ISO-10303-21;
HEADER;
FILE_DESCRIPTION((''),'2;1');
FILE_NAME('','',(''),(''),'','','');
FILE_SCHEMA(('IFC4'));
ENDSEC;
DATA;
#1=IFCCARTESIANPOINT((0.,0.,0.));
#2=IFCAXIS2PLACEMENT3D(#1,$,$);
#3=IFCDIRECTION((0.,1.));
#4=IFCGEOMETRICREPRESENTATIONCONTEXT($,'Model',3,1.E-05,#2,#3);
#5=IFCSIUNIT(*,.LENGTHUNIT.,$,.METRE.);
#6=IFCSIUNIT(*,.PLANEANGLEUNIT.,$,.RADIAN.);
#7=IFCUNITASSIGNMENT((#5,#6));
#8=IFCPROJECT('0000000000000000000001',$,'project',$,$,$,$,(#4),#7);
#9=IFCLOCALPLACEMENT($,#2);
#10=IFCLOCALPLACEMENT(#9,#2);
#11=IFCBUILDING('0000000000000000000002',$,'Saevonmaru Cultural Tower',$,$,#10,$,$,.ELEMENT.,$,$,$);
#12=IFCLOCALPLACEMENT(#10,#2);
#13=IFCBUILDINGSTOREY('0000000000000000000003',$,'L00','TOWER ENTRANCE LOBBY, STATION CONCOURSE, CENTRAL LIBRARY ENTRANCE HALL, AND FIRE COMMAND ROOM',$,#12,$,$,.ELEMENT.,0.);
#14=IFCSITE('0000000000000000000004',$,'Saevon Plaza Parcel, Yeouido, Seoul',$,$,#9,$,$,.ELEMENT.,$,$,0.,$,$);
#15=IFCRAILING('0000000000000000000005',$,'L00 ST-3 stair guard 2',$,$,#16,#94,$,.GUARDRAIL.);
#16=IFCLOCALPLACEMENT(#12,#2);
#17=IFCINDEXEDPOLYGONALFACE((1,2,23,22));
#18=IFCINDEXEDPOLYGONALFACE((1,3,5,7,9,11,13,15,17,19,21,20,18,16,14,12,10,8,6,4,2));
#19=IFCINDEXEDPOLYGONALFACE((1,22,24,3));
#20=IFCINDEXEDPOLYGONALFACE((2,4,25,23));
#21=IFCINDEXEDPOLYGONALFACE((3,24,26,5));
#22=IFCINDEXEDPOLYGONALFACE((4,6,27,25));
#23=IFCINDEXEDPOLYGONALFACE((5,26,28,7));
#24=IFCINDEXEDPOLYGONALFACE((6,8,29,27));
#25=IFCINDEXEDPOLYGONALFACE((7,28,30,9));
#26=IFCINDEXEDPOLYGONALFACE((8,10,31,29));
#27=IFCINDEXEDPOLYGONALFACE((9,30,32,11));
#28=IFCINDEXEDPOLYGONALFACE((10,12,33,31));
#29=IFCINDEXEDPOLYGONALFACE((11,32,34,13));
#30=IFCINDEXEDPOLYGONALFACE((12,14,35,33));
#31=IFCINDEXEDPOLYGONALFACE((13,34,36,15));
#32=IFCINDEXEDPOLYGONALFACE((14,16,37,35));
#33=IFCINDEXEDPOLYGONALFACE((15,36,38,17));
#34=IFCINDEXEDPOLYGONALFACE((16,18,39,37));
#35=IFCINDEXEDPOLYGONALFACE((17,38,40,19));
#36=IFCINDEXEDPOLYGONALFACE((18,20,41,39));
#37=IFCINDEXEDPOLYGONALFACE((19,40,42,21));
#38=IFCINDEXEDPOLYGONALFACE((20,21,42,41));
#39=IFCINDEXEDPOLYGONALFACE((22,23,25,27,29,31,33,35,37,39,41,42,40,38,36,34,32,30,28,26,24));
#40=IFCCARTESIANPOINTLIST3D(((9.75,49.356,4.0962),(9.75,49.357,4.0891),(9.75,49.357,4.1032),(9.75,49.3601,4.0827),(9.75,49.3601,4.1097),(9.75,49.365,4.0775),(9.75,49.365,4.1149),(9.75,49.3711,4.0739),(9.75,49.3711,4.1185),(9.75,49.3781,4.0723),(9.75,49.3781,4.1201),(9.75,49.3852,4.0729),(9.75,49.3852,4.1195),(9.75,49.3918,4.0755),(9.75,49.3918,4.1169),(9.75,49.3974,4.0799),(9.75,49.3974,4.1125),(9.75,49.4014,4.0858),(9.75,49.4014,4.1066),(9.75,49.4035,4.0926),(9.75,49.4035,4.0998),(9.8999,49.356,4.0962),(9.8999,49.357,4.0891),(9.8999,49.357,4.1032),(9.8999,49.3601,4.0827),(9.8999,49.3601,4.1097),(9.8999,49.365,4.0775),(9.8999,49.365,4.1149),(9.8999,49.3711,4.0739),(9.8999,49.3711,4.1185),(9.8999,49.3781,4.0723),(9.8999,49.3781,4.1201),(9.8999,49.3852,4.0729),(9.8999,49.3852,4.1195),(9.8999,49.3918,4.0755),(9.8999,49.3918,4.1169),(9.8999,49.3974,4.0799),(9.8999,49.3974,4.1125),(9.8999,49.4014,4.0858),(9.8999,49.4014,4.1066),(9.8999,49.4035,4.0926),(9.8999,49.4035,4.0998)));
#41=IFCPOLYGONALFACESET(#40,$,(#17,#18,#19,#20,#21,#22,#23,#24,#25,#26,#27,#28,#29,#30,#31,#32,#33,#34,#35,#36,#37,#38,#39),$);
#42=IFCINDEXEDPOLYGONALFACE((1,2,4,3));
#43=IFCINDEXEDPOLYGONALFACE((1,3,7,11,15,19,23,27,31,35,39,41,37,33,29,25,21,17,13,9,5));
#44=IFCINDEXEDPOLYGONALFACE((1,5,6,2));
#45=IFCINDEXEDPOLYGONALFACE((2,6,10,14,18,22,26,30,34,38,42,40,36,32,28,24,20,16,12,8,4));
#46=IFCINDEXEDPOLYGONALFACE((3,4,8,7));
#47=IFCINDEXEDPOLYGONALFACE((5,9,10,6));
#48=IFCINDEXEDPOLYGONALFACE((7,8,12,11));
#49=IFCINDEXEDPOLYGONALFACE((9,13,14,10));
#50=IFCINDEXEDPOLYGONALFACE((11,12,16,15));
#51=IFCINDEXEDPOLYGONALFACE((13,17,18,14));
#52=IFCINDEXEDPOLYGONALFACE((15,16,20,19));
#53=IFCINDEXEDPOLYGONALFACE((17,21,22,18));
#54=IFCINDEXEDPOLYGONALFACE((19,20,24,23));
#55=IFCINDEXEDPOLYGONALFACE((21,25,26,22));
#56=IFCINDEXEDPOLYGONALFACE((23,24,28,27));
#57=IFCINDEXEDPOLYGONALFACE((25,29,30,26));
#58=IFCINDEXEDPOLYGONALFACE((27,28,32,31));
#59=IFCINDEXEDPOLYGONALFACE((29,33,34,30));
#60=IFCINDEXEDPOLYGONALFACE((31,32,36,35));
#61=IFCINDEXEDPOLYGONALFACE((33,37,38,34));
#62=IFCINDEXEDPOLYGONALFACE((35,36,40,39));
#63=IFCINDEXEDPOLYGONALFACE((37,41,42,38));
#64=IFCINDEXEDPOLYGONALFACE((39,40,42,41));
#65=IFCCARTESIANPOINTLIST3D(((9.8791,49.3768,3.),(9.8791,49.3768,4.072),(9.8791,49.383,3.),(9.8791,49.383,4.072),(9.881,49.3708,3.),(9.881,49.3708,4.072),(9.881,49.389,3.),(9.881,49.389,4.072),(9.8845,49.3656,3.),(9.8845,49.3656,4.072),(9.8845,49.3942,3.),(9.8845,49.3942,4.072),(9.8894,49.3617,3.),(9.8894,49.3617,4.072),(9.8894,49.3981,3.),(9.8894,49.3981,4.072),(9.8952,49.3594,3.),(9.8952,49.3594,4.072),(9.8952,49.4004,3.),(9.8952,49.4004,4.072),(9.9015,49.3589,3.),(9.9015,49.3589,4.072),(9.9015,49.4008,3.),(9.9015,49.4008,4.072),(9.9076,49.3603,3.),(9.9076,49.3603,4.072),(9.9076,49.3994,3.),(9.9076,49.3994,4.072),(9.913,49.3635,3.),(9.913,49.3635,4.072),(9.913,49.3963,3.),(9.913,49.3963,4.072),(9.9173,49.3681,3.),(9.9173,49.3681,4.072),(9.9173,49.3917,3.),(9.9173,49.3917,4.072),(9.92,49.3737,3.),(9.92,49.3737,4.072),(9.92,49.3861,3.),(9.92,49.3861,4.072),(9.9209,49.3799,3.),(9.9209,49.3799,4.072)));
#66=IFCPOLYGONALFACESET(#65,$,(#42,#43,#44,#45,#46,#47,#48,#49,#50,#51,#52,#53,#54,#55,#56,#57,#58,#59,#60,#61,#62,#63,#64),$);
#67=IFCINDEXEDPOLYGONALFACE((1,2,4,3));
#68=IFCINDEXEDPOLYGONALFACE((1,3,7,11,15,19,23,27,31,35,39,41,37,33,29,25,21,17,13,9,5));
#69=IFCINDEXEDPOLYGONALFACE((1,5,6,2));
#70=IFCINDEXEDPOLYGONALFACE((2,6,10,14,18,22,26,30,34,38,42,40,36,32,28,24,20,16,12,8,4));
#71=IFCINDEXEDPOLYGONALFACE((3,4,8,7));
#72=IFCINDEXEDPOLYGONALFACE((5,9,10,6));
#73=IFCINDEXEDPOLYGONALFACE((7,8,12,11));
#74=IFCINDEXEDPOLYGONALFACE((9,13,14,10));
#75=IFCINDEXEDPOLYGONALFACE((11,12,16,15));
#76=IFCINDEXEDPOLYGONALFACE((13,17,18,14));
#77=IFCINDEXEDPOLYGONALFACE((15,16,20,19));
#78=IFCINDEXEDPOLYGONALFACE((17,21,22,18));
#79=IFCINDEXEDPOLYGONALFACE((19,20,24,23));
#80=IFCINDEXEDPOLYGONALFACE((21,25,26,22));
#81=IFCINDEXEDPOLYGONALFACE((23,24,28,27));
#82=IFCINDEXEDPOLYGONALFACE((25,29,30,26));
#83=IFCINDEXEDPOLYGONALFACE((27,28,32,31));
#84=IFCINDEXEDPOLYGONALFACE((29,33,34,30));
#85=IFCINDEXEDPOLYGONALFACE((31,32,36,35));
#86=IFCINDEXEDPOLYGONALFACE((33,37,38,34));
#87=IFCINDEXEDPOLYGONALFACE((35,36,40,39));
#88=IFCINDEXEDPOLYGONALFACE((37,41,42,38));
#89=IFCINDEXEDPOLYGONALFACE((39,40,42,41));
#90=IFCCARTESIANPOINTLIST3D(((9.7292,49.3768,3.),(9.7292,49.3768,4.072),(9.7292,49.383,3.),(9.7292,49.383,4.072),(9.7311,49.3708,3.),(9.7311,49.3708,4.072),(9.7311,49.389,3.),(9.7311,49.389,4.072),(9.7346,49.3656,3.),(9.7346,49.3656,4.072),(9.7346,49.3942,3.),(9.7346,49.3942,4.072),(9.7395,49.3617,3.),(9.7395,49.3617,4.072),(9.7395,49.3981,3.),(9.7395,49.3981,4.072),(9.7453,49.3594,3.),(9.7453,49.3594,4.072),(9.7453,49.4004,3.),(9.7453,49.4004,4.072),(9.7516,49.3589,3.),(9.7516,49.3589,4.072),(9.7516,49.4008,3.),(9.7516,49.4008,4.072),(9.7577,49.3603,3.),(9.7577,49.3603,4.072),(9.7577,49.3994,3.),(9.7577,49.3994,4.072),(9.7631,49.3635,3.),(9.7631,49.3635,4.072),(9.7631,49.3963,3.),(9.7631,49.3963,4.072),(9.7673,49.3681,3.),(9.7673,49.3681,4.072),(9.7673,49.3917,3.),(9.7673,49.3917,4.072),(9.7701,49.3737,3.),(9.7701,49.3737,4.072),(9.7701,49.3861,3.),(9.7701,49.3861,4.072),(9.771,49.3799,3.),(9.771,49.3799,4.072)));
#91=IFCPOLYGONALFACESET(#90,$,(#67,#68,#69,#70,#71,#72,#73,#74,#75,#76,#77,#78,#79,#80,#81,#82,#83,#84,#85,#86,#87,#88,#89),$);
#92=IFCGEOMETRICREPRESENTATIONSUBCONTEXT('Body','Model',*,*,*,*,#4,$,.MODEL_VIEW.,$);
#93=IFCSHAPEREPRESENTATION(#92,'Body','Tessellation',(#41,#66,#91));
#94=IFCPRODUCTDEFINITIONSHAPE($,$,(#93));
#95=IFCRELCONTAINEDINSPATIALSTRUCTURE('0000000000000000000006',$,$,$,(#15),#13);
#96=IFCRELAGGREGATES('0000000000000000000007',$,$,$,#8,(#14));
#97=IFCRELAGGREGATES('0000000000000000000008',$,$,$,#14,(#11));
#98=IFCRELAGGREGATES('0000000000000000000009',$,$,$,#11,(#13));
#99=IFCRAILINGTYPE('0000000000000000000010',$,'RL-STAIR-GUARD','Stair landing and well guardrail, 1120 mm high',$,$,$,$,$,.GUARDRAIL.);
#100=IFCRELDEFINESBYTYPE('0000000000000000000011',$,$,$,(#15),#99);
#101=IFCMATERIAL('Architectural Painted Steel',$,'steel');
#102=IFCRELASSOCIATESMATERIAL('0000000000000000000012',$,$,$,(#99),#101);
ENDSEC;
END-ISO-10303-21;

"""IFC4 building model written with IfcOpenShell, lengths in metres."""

from ifc_helpers import new_model, si_unit, direction, frame, origin, origin_2d, place, context, subcontext, project, spatial, circle, extrude, material, type_object, element, save


model = new_model("IFC4")

# Units and contexts
model_context = context("Model", 3, precision=1e-05, world=origin(), true_north=direction((0.0, 1.0)))
body_context = subcontext(model_context, "Body", "Model", "MODEL_VIEW")
ifc_project = project(units=[si_unit("LENGTHUNIT", "METRE"), si_unit("PLANEANGLEUNIT", "RADIAN")], contexts=[model_context])

# Site, building, storey
site_placement = place(None, origin())
site = spatial("IfcSite", under=ifc_project, at=site_placement, Name="Saevon Plaza Parcel, Yeouido, Seoul", CompositionType="ELEMENT", RefElevation=0.0)
building_placement = place(site_placement, origin())
building = spatial("IfcBuilding", under=site, at=building_placement, Name="Saevonmaru Cultural Tower", CompositionType="ELEMENT")
storey_placement = place(building_placement, origin())
storey = spatial("IfcBuildingStorey", under=building, at=storey_placement, Name="L00", Description="TOWER ENTRANCE LOBBY, STATION CONCOURSE, CENTRAL LIBRARY ENTRANCE HALL, AND FIRE COMMAND ROOM", CompositionType="ELEMENT", Elevation=0.0)

# Railing
ifc_material_1 = material(Name="Architectural Painted Steel", Category="steel")
railing_type_1 = type_object("IfcRailingType", Name="RL-STAIR-GUARD", Description="Stair landing and well guardrail, 1120 mm high", PredefinedType="GUARDRAIL", material=ifc_material_1)
railing_1_placement = place(storey_placement, frame((9.8999, 49.3799, 3.0)))
element("IfcRailing", 1, at=railing_1_placement, inside=storey, type_object=railing_type_1, Name="L00 ST-3 stair guard 2", PredefinedType="GUARDRAIL", context=body_context, shape_type="SweptSolid", body=[
    extrude(circle(Radius=0.0239, at=origin_2d()), frame((0.0, 0.0, 1.0962), z_axis=(-1.0, 0.0, 0.0), x_axis=(0.0, -1.0, 0.0)), (0.0, 0.0, 1.0), 0.1499),
    extrude(circle(Radius=0.021, at=origin_2d()), origin(), (0.0, 0.0, 1.0), 1.072),
    extrude(circle(Radius=0.021, at=origin_2d()), frame((-0.1499, 0.0, 0.0)), (0.0, 0.0, 1.0), 1.072),
])

save(model, "model.ifc")
